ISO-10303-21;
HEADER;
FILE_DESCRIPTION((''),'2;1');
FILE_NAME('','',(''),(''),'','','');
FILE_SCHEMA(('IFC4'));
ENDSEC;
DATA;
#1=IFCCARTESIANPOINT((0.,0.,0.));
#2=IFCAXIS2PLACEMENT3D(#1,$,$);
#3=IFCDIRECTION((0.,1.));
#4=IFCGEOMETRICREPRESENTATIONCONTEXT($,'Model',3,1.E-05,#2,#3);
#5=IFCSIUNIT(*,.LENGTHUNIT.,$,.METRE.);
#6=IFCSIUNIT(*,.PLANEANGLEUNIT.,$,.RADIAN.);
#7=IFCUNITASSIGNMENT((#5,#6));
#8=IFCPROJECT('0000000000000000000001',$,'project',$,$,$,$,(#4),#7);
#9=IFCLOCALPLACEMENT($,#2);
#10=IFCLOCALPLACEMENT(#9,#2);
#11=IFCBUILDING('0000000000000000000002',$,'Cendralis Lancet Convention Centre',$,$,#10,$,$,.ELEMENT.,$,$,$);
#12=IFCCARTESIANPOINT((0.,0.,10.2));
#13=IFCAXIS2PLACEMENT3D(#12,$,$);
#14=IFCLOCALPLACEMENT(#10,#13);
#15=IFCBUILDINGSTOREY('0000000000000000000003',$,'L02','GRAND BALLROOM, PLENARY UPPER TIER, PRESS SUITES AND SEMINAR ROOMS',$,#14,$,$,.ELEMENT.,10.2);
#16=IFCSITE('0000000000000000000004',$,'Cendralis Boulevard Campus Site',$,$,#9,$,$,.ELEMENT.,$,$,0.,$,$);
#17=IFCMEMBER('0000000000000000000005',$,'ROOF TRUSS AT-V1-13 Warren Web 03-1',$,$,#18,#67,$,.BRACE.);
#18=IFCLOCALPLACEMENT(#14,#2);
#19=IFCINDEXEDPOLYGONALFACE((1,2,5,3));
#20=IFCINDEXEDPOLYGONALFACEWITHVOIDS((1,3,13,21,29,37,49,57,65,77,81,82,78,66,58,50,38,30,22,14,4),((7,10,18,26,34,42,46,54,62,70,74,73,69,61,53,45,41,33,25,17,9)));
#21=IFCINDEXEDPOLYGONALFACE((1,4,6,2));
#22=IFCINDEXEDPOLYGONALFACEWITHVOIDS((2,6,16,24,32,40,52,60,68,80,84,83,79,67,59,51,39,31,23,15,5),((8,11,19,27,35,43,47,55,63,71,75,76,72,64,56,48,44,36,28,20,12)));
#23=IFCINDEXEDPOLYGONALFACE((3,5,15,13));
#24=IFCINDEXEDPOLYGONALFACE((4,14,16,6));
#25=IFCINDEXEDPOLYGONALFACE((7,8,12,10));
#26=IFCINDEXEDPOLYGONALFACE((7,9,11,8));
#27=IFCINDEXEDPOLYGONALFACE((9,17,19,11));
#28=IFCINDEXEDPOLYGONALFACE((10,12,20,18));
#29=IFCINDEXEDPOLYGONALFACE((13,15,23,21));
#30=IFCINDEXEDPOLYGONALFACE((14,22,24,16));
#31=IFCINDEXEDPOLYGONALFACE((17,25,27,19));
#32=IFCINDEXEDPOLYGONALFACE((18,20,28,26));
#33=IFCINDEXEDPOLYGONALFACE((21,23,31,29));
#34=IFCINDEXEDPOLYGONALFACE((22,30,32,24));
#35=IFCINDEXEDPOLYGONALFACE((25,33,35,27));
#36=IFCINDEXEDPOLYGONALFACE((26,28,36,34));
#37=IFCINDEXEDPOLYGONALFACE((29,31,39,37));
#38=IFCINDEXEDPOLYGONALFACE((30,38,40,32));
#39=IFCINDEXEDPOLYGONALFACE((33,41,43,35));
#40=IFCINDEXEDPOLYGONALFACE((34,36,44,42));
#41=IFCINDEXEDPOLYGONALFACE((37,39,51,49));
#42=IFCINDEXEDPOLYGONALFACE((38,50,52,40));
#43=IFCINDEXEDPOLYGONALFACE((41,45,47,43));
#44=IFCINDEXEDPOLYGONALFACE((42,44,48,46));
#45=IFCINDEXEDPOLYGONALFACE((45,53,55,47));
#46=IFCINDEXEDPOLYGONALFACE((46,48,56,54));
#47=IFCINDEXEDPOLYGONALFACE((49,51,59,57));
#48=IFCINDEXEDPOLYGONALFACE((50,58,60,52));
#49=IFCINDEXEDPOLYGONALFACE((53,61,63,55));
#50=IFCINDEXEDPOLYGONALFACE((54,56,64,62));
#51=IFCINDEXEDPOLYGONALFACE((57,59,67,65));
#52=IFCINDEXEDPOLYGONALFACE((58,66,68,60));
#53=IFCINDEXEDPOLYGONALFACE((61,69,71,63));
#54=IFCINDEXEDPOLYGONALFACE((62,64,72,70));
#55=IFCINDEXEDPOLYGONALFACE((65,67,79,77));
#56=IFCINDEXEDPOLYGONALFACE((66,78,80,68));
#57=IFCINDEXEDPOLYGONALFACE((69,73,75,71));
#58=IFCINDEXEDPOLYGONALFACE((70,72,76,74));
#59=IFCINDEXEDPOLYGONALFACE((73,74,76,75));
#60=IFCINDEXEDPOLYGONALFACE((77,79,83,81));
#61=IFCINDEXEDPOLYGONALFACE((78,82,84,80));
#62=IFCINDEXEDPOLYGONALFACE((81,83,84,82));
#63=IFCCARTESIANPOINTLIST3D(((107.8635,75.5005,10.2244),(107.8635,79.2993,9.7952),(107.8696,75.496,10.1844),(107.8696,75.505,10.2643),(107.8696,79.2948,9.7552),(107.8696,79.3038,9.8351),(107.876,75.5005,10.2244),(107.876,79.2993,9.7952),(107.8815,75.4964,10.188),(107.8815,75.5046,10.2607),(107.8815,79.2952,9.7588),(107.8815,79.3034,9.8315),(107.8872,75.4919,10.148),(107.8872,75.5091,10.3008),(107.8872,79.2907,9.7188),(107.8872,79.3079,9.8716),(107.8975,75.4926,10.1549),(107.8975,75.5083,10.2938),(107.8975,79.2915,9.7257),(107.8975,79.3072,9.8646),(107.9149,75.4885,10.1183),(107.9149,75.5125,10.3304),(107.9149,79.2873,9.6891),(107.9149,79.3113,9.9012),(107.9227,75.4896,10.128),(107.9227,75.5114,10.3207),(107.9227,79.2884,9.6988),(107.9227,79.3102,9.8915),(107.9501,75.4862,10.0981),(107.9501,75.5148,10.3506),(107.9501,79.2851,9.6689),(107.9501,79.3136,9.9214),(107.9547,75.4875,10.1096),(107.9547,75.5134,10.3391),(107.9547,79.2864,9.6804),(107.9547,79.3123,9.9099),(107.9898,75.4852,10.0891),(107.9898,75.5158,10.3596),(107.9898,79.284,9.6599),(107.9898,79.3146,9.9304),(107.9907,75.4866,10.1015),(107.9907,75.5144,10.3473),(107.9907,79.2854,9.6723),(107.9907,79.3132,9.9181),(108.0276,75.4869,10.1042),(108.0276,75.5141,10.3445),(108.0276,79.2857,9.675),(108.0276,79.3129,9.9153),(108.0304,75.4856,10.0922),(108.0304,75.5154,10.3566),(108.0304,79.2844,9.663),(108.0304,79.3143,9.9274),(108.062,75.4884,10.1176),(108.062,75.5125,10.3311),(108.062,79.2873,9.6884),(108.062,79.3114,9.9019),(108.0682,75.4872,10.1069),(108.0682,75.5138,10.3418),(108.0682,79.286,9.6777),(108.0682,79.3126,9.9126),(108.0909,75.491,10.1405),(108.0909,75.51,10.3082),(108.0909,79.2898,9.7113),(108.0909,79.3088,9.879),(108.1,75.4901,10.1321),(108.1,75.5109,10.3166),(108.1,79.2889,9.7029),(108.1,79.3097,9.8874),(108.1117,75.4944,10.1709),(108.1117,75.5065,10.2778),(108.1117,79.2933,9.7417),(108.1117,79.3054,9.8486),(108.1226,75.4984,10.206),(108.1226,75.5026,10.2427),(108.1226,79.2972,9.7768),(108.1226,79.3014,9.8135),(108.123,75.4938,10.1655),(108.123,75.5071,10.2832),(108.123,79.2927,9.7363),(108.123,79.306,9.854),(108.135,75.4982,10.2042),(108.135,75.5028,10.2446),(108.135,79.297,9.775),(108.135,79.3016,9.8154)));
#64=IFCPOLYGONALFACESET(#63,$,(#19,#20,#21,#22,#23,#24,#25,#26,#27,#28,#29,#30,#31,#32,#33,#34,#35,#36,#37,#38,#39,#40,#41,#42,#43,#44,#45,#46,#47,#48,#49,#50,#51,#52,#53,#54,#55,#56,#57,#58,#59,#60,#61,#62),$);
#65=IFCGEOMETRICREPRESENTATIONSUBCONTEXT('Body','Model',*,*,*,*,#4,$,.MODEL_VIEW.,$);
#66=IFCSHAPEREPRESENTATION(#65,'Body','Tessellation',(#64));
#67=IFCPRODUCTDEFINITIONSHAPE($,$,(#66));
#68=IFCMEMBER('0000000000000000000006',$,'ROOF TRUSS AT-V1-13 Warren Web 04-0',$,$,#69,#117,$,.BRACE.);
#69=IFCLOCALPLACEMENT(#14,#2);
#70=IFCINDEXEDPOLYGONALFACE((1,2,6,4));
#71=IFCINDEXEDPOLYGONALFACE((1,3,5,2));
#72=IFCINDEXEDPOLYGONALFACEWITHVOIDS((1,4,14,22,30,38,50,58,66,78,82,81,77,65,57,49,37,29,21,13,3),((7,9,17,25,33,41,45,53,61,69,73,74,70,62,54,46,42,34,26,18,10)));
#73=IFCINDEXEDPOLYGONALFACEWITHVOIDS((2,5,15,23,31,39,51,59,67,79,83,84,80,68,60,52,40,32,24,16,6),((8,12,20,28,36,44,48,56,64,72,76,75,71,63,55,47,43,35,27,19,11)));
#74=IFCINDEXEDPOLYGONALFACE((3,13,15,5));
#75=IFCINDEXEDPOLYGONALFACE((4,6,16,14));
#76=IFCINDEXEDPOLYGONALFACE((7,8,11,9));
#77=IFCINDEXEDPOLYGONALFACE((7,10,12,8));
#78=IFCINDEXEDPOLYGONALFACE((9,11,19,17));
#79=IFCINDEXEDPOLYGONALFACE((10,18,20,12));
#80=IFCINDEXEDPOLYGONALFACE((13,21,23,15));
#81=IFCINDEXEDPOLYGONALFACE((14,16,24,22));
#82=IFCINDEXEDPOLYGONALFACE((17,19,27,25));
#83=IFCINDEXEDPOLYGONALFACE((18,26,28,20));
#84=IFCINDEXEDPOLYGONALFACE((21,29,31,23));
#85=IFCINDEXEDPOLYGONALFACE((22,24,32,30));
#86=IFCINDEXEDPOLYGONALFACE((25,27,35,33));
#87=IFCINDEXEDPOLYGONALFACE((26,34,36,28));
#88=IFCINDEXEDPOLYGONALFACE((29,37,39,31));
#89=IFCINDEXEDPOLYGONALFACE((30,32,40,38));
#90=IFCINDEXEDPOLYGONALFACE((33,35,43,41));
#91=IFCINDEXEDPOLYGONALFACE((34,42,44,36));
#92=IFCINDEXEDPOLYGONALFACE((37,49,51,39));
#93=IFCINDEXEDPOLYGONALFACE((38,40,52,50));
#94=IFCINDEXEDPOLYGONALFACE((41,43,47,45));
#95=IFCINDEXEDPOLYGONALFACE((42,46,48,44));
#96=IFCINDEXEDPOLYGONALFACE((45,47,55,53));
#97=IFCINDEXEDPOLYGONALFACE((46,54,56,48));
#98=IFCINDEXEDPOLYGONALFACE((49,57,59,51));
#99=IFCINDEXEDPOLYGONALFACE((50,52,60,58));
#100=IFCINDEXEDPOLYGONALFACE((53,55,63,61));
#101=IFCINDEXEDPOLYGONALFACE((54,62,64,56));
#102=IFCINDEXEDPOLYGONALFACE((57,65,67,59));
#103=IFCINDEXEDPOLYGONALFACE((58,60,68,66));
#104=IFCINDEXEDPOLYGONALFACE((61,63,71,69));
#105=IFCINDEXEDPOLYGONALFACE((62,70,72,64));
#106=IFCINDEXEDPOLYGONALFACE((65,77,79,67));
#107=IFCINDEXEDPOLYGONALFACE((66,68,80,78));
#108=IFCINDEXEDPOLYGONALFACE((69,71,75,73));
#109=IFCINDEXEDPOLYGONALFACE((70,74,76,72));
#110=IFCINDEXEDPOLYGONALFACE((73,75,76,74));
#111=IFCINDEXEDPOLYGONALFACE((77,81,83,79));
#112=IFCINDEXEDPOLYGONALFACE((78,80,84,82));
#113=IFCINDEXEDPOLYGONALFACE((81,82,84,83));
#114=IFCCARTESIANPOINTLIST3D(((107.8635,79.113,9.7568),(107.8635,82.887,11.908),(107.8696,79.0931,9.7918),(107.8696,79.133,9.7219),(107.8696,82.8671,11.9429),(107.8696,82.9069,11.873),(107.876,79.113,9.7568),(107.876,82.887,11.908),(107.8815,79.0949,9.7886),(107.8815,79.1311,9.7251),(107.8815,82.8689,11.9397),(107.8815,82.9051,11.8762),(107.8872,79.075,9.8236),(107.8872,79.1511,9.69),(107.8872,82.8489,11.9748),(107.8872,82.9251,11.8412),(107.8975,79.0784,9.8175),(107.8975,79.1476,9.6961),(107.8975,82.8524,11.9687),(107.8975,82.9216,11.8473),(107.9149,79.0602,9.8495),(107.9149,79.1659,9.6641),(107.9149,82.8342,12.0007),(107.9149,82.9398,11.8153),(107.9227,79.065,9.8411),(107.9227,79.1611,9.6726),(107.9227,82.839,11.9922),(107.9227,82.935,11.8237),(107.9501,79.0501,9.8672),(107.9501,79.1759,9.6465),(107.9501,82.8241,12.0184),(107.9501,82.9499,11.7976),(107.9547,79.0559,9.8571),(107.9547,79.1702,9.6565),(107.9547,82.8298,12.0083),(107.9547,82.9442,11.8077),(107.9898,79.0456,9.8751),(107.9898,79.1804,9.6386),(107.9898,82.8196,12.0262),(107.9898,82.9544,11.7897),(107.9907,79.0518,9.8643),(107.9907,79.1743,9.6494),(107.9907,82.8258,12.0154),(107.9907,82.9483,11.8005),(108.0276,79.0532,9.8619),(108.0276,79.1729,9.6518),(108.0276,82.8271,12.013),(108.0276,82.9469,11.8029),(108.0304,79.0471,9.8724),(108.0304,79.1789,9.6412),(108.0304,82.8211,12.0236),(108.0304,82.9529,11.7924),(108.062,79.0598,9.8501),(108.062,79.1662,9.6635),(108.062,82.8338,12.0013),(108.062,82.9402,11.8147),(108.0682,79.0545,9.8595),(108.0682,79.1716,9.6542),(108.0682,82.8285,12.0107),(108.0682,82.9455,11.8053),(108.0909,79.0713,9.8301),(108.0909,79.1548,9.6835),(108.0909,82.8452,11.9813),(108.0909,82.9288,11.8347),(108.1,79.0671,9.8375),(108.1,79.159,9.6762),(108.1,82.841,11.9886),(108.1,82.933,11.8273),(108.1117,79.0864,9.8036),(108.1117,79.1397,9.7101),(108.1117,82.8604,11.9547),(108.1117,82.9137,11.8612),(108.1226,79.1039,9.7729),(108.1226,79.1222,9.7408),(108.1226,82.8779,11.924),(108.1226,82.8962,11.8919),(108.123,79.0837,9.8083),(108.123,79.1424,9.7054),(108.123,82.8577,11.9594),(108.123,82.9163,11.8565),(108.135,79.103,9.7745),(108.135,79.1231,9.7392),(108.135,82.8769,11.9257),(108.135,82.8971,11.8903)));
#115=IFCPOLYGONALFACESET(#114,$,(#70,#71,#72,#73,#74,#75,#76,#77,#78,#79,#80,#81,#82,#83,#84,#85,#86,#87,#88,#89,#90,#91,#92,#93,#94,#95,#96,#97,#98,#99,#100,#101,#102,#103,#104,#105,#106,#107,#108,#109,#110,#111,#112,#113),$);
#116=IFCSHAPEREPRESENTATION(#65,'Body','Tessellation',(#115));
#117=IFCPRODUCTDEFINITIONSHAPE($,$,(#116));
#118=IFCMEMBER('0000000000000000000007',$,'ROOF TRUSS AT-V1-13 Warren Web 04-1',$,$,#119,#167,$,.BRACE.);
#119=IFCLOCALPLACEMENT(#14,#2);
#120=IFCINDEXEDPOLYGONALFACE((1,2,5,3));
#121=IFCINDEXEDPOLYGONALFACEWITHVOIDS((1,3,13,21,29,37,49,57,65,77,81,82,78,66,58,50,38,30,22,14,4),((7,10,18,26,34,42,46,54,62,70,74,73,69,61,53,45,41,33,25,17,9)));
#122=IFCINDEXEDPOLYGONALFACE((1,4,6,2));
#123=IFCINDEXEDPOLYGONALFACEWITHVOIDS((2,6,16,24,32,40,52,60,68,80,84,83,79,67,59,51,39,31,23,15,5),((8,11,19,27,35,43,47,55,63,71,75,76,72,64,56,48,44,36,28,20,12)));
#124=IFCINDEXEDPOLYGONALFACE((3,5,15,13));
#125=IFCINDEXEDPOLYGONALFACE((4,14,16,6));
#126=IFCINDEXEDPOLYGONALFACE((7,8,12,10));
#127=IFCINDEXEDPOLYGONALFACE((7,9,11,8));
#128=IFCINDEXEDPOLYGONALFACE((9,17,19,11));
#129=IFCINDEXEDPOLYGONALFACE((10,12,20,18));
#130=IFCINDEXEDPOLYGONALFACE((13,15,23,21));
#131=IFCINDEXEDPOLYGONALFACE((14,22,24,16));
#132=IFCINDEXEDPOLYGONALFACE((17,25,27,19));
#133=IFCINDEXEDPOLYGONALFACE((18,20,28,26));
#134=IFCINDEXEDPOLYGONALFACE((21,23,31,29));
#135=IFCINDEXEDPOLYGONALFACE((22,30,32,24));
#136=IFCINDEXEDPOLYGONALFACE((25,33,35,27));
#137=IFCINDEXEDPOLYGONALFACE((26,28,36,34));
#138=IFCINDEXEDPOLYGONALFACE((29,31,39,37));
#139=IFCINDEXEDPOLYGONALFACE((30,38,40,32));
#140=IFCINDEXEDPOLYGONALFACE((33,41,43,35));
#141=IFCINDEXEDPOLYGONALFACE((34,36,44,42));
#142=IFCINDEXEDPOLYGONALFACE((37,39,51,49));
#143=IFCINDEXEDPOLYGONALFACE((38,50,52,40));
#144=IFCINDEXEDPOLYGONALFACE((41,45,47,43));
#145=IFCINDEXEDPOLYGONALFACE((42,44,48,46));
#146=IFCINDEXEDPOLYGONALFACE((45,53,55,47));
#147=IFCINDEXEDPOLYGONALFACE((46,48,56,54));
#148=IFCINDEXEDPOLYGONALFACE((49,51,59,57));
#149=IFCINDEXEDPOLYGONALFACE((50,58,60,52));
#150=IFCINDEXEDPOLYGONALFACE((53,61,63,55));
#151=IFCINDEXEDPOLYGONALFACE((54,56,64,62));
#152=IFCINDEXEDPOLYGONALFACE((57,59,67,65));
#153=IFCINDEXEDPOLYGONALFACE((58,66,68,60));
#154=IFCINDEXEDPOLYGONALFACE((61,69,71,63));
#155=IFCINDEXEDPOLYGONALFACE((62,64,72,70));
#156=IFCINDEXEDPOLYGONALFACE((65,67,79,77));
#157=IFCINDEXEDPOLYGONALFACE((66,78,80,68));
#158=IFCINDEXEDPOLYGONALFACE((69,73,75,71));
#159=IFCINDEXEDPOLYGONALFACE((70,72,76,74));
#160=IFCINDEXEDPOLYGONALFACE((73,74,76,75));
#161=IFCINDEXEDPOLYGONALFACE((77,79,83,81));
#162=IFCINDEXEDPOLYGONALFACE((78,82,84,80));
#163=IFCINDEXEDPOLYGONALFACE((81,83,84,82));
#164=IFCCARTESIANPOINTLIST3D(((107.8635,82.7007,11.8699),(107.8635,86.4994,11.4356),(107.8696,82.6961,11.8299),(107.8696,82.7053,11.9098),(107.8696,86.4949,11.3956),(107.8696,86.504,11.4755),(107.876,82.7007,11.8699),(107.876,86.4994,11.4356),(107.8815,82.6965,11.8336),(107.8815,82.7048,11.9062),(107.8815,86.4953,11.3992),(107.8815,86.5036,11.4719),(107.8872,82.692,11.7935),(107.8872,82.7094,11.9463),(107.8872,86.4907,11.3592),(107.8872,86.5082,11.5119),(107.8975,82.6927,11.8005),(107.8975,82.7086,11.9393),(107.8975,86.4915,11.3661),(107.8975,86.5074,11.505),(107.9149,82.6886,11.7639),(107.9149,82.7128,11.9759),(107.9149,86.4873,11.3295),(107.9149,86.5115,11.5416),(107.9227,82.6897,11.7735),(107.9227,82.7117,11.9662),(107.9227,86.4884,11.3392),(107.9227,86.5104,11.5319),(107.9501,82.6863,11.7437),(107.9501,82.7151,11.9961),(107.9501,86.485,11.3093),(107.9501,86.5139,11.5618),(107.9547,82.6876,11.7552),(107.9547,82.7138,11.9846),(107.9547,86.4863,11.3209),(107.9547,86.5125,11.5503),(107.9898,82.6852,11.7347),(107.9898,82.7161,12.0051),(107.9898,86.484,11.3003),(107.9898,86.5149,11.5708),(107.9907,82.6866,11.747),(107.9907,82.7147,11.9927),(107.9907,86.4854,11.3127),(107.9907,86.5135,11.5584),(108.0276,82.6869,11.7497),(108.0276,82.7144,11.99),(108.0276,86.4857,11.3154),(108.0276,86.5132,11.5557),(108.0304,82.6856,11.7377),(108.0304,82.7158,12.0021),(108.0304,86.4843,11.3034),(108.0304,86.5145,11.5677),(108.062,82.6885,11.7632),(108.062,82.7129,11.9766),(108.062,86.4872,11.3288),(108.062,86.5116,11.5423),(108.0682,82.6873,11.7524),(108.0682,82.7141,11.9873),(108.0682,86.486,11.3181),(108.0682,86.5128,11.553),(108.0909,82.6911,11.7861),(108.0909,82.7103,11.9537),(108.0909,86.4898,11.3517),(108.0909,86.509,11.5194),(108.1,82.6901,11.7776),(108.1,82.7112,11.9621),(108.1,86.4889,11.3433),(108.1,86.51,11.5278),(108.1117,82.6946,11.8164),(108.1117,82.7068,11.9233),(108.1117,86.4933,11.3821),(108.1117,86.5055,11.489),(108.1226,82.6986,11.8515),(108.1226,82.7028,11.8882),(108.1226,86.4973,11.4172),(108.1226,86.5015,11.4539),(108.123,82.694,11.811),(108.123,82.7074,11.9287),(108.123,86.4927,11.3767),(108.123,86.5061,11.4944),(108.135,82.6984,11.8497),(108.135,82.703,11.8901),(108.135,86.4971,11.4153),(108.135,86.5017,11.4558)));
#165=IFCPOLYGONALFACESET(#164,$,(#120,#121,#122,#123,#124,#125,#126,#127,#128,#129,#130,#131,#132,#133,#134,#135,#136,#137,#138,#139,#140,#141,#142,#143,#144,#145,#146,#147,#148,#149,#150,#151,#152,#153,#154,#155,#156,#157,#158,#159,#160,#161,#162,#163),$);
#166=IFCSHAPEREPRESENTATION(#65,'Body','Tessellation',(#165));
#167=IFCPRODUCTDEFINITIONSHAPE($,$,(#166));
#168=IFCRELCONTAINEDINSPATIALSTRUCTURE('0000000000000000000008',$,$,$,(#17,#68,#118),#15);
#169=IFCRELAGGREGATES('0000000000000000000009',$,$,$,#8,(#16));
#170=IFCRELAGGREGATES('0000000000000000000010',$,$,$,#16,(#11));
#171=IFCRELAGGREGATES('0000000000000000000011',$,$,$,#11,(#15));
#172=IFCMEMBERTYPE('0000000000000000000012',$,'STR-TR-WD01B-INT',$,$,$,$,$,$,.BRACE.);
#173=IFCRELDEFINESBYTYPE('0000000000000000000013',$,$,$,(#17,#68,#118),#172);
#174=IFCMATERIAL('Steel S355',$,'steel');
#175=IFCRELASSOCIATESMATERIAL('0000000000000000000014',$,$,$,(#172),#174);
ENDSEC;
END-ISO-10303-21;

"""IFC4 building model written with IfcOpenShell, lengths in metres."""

from ifc_helpers import new_model, si_unit, direction, frame, origin, origin_2d, place, context, subcontext, project, spatial, hollow_circle, extrude, material, material_profile, profile_set, type_object, element, save


model = new_model("IFC4")

# Units and contexts
model_context = context("Model", 3, precision=1e-05, world=origin(), true_north=direction((0.0, 1.0)))
body_context = subcontext(model_context, "Body", "Model", "MODEL_VIEW")
ifc_project = project(units=[si_unit("LENGTHUNIT", "METRE"), si_unit("PLANEANGLEUNIT", "RADIAN")], contexts=[model_context])

# Site, building, storey
site_placement = place(None, origin())
site = spatial("IfcSite", under=ifc_project, at=site_placement, Name="Cendralis Boulevard Campus Site", CompositionType="ELEMENT", RefElevation=0.0)
building_placement = place(site_placement, origin())
building = spatial("IfcBuilding", under=site, at=building_placement, Name="Cendralis Lancet Convention Centre", CompositionType="ELEMENT")
storey_placement = place(building_placement, frame((0.0, 0.0, 10.2)))
storey = spatial("IfcBuildingStorey", under=building, at=storey_placement, Name="L02", Description="GRAND BALLROOM, PLENARY UPPER TIER, PRESS SUITES AND SEMINAR ROOMS", CompositionType="ELEMENT", Elevation=10.2)

# Members
ifc_material = material(Name="Steel S355", Category="steel")
ifc_material_profile_1 = material_profile(ifc_material, hollow_circle(Radius=0.1365, WallThickness=0.0125, at=origin_2d()), Name="CHS 273.0x12.5")
ifc_profile_set_1 = profile_set([ifc_material_profile_1], Name="Steel S355")
member_type_1 = type_object("IfcMemberType", Name="STR-TR-WD01B-INT", PredefinedType="BRACE", material=ifc_profile_set_1)
member_1_placement = place(storey_placement, frame((108.0, 75.5005, 10.2244), z_axis=(0.0, 0.993678, -0.112268), x_axis=(-1.0, 0.0, 0.0)))
element("IfcMember", 1, at=member_1_placement, inside=storey, type_object=member_type_1, Name="ROOF TRUSS AT-V1-13 Warren Web 03-1", PredefinedType="BRACE", context=body_context, shape_type="SweptSolid", body=[
    extrude(hollow_circle(Radius=0.1365, WallThickness=0.0125, at=origin_2d()), origin(), (0.0, 0.0, 1.0), 3.823),
])
member_2_placement = place(storey_placement, frame((108.0, 79.113, 9.7568), z_axis=(0.0, 0.868779, 0.4952), x_axis=(-1.0, 0.0, 0.0)))
element("IfcMember", 2, at=member_2_placement, inside=storey, type_object=member_type_1, Name="ROOF TRUSS AT-V1-13 Warren Web 04-0", PredefinedType="BRACE", context=body_context, shape_type="SweptSolid", body=[
    extrude(hollow_circle(Radius=0.1365, WallThickness=0.0125, at=origin_2d()), origin(), (0.0, 0.0, 1.0), 4.344),
])
member_3_placement = place(storey_placement, frame((108.0, 82.7007, 11.8699), z_axis=(0.0, 0.993528, -0.113592), x_axis=(-1.0, 0.0, 0.0)))
element("IfcMember", 3, at=member_3_placement, inside=storey, type_object=member_type_1, Name="ROOF TRUSS AT-V1-13 Warren Web 04-1", PredefinedType="BRACE", context=body_context, shape_type="SweptSolid", body=[
    extrude(hollow_circle(Radius=0.1365, WallThickness=0.0125, at=origin_2d()), origin(), (0.0, 0.0, 1.0), 3.8235),
])

save(model, "model.ifc")
